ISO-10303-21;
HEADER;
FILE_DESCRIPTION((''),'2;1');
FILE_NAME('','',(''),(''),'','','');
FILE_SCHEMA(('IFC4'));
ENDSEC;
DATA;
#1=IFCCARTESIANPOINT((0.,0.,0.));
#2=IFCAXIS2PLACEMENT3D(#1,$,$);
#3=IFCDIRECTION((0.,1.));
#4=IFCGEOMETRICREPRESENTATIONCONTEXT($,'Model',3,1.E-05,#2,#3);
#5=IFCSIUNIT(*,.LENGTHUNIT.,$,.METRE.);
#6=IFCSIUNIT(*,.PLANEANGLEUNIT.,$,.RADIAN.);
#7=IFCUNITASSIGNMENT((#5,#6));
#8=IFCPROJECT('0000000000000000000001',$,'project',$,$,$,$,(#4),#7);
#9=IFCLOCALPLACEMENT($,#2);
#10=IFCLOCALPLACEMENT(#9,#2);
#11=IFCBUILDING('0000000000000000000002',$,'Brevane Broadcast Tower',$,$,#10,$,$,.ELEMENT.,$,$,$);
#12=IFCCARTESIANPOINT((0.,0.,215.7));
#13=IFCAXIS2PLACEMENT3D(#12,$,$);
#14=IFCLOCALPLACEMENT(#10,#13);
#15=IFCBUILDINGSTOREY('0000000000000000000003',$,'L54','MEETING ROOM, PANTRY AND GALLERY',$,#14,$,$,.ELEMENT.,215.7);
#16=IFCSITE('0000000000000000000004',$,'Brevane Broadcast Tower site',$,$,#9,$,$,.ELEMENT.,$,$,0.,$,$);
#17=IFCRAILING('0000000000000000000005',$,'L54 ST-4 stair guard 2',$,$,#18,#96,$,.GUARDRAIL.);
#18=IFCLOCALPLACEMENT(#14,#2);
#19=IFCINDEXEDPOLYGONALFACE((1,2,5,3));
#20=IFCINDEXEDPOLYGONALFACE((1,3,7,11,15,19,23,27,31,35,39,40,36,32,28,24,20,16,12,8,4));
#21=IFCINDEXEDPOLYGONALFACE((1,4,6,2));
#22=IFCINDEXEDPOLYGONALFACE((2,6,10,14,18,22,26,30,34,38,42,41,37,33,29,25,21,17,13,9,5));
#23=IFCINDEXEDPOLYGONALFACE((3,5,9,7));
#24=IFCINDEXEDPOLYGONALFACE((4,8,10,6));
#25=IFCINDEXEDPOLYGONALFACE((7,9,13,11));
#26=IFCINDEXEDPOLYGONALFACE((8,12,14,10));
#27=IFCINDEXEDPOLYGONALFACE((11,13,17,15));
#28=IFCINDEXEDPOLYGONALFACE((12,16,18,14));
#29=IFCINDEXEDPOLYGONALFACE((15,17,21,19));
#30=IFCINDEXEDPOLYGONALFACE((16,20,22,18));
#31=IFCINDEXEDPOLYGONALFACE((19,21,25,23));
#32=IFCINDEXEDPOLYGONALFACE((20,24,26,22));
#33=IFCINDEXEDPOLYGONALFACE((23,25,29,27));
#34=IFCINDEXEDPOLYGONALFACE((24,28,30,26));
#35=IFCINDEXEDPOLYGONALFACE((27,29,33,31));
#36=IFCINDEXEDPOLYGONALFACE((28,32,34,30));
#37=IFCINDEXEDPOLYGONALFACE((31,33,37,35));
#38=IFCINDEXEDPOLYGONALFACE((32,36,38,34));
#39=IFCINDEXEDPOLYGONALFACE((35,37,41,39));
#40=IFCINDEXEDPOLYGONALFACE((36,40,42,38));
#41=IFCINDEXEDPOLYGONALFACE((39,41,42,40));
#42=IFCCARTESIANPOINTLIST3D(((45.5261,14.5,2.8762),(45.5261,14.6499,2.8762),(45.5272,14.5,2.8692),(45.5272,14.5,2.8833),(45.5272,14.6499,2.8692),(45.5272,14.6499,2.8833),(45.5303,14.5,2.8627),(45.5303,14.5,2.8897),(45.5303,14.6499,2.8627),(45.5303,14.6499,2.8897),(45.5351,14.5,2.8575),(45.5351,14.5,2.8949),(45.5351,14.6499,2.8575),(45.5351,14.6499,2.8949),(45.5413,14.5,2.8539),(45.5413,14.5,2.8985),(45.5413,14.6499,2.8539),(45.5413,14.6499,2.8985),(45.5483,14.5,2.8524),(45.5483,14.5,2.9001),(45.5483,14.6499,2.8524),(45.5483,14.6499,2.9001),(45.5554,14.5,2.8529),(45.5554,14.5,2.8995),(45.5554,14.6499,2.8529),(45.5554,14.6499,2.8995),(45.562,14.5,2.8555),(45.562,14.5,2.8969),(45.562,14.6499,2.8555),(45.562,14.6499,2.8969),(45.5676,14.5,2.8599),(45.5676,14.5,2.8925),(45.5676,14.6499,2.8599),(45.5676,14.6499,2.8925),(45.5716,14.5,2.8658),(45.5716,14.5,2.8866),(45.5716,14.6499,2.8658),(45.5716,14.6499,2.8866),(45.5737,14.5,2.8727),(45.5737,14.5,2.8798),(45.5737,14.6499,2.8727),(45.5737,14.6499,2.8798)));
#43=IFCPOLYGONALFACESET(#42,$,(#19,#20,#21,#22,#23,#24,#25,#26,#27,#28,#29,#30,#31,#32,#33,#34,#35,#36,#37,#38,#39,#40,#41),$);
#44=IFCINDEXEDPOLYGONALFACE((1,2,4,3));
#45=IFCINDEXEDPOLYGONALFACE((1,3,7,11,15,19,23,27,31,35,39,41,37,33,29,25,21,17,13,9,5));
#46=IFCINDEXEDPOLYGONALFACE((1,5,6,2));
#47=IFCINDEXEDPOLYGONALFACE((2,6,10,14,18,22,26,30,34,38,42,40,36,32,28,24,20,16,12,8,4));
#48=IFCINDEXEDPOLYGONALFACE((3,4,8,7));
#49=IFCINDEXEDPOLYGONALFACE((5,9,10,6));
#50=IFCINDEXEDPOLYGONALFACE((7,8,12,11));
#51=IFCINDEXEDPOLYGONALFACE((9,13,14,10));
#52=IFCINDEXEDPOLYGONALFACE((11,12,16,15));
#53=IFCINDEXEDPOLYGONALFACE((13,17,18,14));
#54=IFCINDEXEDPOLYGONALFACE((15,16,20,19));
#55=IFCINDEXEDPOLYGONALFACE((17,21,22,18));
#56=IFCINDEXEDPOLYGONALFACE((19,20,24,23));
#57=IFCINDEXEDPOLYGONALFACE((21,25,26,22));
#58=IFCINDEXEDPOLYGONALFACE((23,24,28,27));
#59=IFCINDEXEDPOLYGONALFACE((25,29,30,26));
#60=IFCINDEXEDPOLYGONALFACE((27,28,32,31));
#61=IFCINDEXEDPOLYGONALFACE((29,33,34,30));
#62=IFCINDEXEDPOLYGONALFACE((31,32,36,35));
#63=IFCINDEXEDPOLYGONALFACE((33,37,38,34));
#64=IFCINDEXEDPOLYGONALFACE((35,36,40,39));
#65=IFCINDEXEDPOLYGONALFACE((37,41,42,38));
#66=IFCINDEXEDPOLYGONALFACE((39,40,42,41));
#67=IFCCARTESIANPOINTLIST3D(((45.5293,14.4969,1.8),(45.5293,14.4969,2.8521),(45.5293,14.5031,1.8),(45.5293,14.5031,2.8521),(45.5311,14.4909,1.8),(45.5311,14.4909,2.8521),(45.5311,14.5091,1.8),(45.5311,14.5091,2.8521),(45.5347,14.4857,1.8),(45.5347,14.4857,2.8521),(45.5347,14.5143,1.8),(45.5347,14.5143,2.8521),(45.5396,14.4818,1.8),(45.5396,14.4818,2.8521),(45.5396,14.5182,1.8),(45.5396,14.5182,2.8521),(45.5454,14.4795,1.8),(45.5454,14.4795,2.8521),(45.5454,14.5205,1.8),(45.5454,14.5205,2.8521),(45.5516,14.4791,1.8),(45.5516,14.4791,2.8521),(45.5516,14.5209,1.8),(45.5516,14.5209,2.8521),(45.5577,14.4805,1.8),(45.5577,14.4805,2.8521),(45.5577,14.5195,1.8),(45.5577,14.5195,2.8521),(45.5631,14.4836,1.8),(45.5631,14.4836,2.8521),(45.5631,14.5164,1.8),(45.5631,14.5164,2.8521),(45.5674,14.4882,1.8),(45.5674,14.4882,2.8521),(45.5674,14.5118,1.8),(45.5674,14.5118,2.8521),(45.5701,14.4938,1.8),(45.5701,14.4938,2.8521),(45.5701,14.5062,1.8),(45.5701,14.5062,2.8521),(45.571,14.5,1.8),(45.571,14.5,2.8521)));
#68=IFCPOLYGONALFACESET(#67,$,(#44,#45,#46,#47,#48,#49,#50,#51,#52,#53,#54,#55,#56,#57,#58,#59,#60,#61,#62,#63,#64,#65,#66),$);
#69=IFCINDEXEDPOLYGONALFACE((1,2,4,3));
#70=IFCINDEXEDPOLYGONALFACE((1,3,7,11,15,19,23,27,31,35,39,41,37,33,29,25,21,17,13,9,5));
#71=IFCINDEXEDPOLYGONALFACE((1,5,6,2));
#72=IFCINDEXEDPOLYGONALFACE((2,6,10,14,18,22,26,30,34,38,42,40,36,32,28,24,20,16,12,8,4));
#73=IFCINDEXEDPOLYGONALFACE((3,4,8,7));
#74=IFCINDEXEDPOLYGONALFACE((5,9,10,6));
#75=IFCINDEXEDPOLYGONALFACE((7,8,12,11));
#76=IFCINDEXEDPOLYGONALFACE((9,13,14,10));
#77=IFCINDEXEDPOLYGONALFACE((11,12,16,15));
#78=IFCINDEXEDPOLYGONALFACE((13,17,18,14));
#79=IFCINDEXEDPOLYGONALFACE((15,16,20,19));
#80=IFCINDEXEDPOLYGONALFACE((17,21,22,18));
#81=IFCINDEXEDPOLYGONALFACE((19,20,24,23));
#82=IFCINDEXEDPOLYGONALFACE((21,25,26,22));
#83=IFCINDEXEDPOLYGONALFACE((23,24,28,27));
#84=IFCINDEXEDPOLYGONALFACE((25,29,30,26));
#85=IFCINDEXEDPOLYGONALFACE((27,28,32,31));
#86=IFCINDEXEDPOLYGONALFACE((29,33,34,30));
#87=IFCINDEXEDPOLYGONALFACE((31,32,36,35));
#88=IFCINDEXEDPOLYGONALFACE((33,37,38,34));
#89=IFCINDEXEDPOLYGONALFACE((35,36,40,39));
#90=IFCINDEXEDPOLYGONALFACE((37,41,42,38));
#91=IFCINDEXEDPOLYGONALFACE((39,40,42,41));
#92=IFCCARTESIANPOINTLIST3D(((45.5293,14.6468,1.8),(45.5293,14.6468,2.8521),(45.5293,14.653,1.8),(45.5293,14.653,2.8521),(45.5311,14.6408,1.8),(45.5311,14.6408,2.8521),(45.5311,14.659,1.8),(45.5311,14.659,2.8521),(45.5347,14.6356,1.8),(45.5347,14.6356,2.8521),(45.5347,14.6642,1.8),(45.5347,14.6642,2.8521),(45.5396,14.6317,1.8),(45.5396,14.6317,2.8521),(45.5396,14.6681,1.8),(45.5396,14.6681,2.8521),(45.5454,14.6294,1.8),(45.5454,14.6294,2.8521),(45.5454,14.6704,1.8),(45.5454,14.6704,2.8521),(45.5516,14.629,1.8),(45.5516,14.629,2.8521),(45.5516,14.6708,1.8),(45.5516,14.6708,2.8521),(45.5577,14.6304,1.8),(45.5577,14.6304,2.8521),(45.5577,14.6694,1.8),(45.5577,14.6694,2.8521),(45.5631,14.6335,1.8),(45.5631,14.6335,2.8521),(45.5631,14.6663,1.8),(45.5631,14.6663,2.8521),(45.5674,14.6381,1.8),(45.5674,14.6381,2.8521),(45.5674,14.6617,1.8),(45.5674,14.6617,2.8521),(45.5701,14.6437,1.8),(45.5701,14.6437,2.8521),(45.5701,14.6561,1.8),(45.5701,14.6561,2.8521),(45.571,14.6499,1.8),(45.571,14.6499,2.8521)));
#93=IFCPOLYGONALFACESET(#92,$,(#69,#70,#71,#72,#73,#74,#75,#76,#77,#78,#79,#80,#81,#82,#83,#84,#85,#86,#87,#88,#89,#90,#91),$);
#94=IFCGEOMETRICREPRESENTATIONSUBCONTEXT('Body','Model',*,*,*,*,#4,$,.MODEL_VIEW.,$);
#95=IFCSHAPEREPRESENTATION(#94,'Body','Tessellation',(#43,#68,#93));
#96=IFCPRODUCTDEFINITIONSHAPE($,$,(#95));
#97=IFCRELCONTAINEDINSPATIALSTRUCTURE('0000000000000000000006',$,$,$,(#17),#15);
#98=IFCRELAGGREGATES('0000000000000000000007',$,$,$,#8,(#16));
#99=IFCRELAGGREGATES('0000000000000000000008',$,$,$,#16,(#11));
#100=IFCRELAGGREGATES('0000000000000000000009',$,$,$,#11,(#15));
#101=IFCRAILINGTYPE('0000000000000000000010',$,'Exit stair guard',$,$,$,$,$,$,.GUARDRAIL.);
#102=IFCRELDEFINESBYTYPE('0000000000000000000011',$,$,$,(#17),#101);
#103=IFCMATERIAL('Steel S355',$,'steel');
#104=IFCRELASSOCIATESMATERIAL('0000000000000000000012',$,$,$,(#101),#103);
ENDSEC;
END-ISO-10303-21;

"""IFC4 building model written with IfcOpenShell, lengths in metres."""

from ifc_helpers import new_model, si_unit, direction, frame, origin, origin_2d, place, context, subcontext, project, spatial, circle, extrude, material, type_object, element, save


model = new_model("IFC4")

# Units and contexts
model_context = context("Model", 3, precision=1e-05, world=origin(), true_north=direction((0.0, 1.0)))
body_context = subcontext(model_context, "Body", "Model", "MODEL_VIEW")
ifc_project = project(units=[si_unit("LENGTHUNIT", "METRE"), si_unit("PLANEANGLEUNIT", "RADIAN")], contexts=[model_context])

# Site, building, storey
site_placement = place(None, origin())
site = spatial("IfcSite", under=ifc_project, at=site_placement, Name="Brevane Broadcast Tower site", CompositionType="ELEMENT", RefElevation=0.0)
building_placement = place(site_placement, origin())
building = spatial("IfcBuilding", under=site, at=building_placement, Name="Brevane Broadcast Tower", CompositionType="ELEMENT")
storey_placement = place(building_placement, frame((0.0, 0.0, 215.7)))
storey = spatial("IfcBuildingStorey", under=building, at=storey_placement, Name="L54", Description="MEETING ROOM, PANTRY AND GALLERY", CompositionType="ELEMENT", Elevation=215.7)

# Railing
ifc_material_1 = material(Name="Steel S355", Category="steel")
railing_type_1 = type_object("IfcRailingType", Name="Exit stair guard", PredefinedType="GUARDRAIL", material=ifc_material_1)
railing_1_placement = place(storey_placement, frame((45.55, 14.5, 1.8)))
element("IfcRailing", 1, at=railing_1_placement, inside=storey, type_object=railing_type_1, Name="L54 ST-4 stair guard 2", PredefinedType="GUARDRAIL", context=body_context, shape_type="SweptSolid", body=[
    extrude(circle(Radius=0.0239, at=origin_2d()), frame((0.0, 0.0, 1.0762), z_axis=(0.0, 1.0, 0.0), x_axis=(-1.0, 0.0, 0.0)), (0.0, 0.0, 1.0), 0.1499),
    extrude(circle(Radius=0.021, at=origin_2d()), origin(), (0.0, 0.0, 1.0), 1.052),
    extrude(circle(Radius=0.021, at=origin_2d()), frame((0.0, 0.1499, 0.0)), (0.0, 0.0, 1.0), 1.052),
])

save(model, "model.ifc")
